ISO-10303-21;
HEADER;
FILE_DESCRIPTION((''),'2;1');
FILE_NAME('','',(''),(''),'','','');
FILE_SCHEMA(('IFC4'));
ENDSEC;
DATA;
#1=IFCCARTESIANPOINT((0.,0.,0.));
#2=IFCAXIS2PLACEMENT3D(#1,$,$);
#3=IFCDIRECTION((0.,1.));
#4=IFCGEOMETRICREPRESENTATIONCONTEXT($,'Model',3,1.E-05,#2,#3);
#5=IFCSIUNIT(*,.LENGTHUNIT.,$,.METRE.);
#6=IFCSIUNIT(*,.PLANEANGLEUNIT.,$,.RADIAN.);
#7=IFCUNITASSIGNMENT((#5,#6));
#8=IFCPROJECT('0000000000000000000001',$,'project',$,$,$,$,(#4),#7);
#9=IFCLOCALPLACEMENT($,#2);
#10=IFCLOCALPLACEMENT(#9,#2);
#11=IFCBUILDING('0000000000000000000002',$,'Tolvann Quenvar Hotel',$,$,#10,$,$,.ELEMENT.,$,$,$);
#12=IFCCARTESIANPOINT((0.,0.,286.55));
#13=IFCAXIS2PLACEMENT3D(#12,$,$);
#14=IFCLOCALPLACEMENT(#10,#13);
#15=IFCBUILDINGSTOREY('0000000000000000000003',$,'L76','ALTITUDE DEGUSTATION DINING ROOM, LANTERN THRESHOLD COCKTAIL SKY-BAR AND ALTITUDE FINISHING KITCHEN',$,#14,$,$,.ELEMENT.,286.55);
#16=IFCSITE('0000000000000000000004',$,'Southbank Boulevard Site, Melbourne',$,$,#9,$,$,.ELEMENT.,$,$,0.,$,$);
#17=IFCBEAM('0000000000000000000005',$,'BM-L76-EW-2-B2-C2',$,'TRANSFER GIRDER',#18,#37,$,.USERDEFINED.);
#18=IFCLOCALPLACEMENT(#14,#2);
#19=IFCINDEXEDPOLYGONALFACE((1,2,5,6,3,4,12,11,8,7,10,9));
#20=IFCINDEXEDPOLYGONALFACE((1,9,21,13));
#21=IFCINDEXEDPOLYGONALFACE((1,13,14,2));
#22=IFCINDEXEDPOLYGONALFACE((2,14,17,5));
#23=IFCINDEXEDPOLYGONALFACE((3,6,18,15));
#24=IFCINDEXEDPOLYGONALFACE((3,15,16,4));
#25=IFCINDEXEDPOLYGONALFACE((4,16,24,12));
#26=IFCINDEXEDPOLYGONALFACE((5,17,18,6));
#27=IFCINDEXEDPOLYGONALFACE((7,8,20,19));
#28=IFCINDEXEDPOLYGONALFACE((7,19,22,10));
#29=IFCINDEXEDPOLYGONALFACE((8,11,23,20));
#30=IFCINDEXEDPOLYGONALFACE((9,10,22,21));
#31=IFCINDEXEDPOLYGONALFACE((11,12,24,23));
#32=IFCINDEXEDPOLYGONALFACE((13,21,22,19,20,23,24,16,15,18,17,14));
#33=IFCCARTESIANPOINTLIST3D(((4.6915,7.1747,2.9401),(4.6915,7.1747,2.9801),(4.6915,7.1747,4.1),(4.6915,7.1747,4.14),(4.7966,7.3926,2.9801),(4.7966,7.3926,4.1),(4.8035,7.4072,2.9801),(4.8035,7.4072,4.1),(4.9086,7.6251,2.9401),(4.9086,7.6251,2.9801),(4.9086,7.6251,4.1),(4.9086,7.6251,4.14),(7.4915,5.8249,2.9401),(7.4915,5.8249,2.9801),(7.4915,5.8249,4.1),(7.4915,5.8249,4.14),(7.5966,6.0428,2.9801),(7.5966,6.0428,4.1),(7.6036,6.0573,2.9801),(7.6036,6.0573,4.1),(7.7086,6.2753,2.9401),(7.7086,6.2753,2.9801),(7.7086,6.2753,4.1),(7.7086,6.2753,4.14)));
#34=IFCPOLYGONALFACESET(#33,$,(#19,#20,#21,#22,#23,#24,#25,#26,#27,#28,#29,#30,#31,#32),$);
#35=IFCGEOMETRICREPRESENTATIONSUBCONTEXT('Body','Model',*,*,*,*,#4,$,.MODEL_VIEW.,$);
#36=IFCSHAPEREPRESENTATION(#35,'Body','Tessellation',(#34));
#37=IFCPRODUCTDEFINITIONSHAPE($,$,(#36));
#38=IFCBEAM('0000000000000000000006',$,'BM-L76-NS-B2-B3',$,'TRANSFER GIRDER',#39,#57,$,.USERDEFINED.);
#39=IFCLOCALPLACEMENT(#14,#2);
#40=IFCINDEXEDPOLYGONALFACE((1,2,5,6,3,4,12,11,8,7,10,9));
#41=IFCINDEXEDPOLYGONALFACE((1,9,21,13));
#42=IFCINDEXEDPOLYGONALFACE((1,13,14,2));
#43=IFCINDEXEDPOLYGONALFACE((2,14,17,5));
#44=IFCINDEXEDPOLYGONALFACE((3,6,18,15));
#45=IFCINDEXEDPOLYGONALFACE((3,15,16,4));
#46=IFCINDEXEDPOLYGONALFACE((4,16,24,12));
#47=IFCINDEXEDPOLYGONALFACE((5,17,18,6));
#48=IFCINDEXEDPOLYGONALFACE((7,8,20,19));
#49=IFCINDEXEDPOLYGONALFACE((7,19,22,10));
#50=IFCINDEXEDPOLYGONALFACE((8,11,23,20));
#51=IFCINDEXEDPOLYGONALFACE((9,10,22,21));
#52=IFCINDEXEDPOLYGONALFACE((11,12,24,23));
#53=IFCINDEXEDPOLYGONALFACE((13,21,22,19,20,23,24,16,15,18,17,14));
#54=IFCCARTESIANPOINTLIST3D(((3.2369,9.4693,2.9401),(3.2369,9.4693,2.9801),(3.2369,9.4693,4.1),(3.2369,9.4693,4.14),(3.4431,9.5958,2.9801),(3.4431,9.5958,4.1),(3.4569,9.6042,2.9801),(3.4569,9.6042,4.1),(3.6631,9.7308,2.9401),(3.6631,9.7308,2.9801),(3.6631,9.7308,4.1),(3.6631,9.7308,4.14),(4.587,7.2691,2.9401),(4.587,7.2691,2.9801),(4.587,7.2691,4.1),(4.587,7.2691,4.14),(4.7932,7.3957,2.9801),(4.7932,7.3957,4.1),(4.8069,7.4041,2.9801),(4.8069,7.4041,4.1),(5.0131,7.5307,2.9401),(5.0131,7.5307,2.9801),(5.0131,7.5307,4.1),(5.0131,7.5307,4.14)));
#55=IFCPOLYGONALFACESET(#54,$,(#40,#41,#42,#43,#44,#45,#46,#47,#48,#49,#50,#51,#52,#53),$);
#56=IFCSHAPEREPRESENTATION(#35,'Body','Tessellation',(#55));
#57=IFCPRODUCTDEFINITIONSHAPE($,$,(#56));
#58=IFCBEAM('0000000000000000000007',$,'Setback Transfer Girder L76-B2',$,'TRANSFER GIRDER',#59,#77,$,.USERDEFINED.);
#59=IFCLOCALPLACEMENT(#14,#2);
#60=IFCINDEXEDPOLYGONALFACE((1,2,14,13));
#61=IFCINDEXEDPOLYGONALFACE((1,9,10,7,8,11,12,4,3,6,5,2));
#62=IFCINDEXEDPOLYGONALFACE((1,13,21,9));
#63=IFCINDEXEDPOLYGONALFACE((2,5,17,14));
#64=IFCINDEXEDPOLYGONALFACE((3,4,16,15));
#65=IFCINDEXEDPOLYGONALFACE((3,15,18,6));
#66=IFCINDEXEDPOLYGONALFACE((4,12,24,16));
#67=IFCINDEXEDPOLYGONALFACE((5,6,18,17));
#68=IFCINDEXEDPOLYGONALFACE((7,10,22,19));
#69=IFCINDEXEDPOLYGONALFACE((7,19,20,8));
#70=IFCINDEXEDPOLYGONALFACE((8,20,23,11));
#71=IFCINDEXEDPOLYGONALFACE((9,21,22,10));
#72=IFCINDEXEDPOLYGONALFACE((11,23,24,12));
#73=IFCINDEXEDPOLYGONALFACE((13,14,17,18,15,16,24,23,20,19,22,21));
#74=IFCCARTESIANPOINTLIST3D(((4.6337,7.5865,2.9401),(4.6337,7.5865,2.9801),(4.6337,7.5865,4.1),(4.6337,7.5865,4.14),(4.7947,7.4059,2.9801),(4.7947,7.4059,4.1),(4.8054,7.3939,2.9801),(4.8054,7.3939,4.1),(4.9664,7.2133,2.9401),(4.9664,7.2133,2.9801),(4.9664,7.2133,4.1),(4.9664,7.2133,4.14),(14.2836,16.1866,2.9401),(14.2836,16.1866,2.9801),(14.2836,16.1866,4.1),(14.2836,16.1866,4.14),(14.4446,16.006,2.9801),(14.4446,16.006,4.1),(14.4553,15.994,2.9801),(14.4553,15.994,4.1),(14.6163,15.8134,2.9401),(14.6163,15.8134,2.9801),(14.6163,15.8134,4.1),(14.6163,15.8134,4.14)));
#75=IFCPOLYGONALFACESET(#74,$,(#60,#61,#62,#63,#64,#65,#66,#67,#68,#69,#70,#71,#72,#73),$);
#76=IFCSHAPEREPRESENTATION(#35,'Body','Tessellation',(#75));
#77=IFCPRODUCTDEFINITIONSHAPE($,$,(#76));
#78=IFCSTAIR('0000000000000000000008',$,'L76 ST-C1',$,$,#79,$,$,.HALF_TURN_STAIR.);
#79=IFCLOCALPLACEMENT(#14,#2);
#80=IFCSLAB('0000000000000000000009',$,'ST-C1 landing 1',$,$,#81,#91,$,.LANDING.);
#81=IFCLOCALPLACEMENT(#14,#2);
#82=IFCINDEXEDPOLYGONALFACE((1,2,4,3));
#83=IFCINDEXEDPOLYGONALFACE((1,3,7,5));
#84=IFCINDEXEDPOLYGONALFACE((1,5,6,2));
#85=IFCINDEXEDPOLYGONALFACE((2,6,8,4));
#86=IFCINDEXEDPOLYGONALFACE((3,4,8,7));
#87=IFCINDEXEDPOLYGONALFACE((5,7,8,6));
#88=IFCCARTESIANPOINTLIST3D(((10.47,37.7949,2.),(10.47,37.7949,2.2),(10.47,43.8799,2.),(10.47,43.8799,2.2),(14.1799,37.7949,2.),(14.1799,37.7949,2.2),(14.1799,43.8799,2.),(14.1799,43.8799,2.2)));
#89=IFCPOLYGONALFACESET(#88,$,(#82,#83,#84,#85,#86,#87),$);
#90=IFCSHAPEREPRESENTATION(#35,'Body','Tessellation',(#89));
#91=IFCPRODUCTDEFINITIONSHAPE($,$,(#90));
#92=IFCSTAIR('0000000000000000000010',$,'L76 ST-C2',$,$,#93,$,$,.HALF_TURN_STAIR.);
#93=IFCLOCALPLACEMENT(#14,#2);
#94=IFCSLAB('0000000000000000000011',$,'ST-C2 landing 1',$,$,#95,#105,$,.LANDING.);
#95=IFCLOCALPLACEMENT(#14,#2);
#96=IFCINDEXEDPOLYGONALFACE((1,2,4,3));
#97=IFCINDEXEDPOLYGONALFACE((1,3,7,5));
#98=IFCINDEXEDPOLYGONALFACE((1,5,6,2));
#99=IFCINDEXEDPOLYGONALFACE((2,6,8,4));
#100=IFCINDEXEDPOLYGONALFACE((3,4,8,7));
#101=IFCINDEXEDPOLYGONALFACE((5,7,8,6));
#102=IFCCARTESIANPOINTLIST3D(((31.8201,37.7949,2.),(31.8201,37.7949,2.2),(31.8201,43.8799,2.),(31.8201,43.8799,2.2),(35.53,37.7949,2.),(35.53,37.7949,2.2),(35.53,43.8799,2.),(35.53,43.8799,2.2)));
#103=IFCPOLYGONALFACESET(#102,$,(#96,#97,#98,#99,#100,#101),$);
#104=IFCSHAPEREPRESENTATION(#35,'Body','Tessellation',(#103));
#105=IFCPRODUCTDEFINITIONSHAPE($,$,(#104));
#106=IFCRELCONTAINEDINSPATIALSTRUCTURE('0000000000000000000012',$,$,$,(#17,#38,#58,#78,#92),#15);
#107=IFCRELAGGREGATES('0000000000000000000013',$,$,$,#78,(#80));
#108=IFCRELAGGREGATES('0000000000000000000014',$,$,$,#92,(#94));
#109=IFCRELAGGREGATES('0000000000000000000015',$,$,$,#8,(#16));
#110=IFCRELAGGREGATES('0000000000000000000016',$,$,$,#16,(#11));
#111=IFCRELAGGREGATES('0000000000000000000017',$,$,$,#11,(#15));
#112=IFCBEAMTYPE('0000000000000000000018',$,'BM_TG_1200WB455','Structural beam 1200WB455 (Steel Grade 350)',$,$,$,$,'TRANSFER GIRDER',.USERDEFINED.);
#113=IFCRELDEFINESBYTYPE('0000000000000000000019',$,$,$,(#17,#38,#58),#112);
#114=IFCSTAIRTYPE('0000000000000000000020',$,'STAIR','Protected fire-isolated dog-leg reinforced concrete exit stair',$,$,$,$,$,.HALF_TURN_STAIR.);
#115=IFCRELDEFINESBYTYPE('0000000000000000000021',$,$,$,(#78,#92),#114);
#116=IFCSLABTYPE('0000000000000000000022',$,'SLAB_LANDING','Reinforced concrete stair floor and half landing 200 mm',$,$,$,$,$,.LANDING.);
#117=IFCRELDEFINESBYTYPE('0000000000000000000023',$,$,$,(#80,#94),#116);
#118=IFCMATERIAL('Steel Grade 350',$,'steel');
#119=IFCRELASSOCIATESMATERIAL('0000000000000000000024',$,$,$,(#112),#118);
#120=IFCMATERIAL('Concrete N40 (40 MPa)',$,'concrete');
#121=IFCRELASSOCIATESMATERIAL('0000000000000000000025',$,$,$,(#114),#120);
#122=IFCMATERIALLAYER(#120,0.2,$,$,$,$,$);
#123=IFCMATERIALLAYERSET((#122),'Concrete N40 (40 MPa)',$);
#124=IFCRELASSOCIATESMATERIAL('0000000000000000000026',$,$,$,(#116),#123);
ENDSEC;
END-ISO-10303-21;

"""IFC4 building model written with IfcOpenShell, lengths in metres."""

from ifc_helpers import new_model, si_unit, direction, frame, origin, origin_2d, place, context, subcontext, project, spatial, polyline, i_section, outline, extrude, source, transform, mapped, material, layer, layer_set, material_profile, profile_set, type_object, element, aggregate, save


model = new_model("IFC4")

# Units and contexts
model_context = context("Model", 3, precision=1e-05, world=origin(), true_north=direction((0.0, 1.0)))
body_context = subcontext(model_context, "Body", "Model", "MODEL_VIEW")
ifc_project = project(units=[si_unit("LENGTHUNIT", "METRE"), si_unit("PLANEANGLEUNIT", "RADIAN")], contexts=[model_context])

# Site, building, storey
site_placement = place(None, origin())
site = spatial("IfcSite", under=ifc_project, at=site_placement, Name="Southbank Boulevard Site, Melbourne", CompositionType="ELEMENT", RefElevation=0.0)
building_placement = place(site_placement, origin())
building = spatial("IfcBuilding", under=site, at=building_placement, Name="Tolvann Quenvar Hotel", CompositionType="ELEMENT")
storey_placement = place(building_placement, frame((0.0, 0.0, 286.55)))
storey = spatial("IfcBuildingStorey", under=building, at=storey_placement, Name="L76", Description="ALTITUDE DEGUSTATION DINING ROOM, LANTERN THRESHOLD COCKTAIL SKY-BAR AND ALTITUDE FINISHING KITCHEN", CompositionType="ELEMENT", Elevation=286.55)

# Shared definitions
ifc_material_1 = material(Name="Steel Grade 350", Category="steel")

# Beams
ifc_material_profile_1 = material_profile(ifc_material_1, i_section(OverallWidth=0.5, OverallDepth=1.2, WebThickness=0.0161, FlangeThickness=0.04, at=origin_2d()), Name="1200WB455")
ifc_profile_set_1 = profile_set([ifc_material_profile_1], Name="Steel Grade 350")
beam_type = type_object("IfcBeamType", Name="BM_TG_1200WB455", Description="Structural beam 1200WB455 (Steel Grade 350)", ElementType="TRANSFER GIRDER", PredefinedType="USERDEFINED", material=ifc_profile_set_1)
shared_shape_1 = source(origin(), body_context, "Body", "SweptSolid", [
    extrude(i_section(OverallWidth=0.5, OverallDepth=1.2, WebThickness=0.0161, FlangeThickness=0.04, at=origin_2d()), origin(), (0.0, 0.0, 1.0), 3.1084),
])
beam_1_placement = place(storey_placement, frame((4.8, 7.3999, 3.54), z_axis=(0.90079, -0.434255, 0.0), x_axis=(0.434255, 0.90079, 0.0)))
element("IfcBeam", 1, at=beam_1_placement, inside=storey, type_object=beam_type, Name="BM-L76-EW-2-B2-C2", ObjectType="TRANSFER GIRDER", PredefinedType="USERDEFINED", context=body_context, shape_type="MappedRepresentation", body=[
    mapped(shared_shape_1, transform((0.0, 0.0, 0.0), x_axis=(1.0, 0.0, 0.0), y_axis=(0.0, 1.0, 0.0), z_axis=(0.0, 0.0, 1.0), scale=1.0)),
])
shared_shape_2 = source(origin(), body_context, "Body", "SweptSolid", [
    extrude(i_section(OverallWidth=0.5, OverallDepth=1.2, WebThickness=0.0161, FlangeThickness=0.04, at=origin_2d()), origin(), (0.0, 0.0, 1.0), 2.5813),
])
beam_2_placement = place(storey_placement, frame((4.8, 7.3999, 3.54), z_axis=(-0.52301, 0.852327, 0.0), x_axis=(-0.852327, -0.52301, 0.0)))
element("IfcBeam", 2, at=beam_2_placement, inside=storey, type_object=beam_type, Name="BM-L76-NS-B2-B3", ObjectType="TRANSFER GIRDER", PredefinedType="USERDEFINED", context=body_context, shape_type="MappedRepresentation", body=[
    mapped(shared_shape_2, transform((0.0, 0.0, 0.0), x_axis=(1.0, 0.0, 0.0), y_axis=(0.0, 1.0, 0.0), z_axis=(0.0, 0.0, 1.0), scale=1.0)),
])
shared_shape_3 = source(origin(), body_context, "Body", "SweptSolid", [
    extrude(i_section(OverallWidth=0.5, OverallDepth=1.2, WebThickness=0.0161, FlangeThickness=0.04, at=origin_2d()), origin(), (0.0, 0.0, 1.0), 12.926),
])
beam_3_placement = place(storey_placement, frame((4.8, 7.3999, 3.54), z_axis=(0.746548, 0.665332, 0.0), x_axis=(-0.665332, 0.746548, 0.0)))
element("IfcBeam", 3, at=beam_3_placement, inside=storey, type_object=beam_type, Name="Setback Transfer Girder L76-B2", ObjectType="TRANSFER GIRDER", PredefinedType="USERDEFINED", context=body_context, shape_type="MappedRepresentation", body=[
    mapped(shared_shape_3, transform((0.0, 0.0, 0.0), x_axis=(1.0, 0.0, 0.0), y_axis=(0.0, 1.0, 0.0), z_axis=(0.0, 0.0, 1.0), scale=1.0)),
])

# Stairs, slabs
ifc_material_2 = material(Name="Concrete N40 (40 MPa)", Category="concrete")
stair_type = type_object("IfcStairType", Name="STAIR", Description="Protected fire-isolated dog-leg reinforced concrete exit stair", PredefinedType="HALF_TURN_STAIR", material=ifc_material_2)
stair_1_placement = place(storey_placement, origin())
stair_1 = element("IfcStair", 4, at=stair_1_placement, inside=storey, type_object=stair_type, Name="L76 ST-C1", PredefinedType="HALF_TURN_STAIR")
ifc_layer_1 = layer(ifc_material_2, 0.2)
ifc_layer_set_1 = layer_set([ifc_layer_1], Name="Concrete N40 (40 MPa)")
slab_type_1 = type_object("IfcSlabType", Name="SLAB_LANDING", Description="Reinforced concrete stair floor and half landing 200 mm", PredefinedType="LANDING", material=ifc_layer_set_1)
slab_1_placement = place(storey_placement, frame((0.0, 0.0, 2.0)))
slab_1 = element("IfcSlab", 5, at=slab_1_placement, type_object=slab_type_1, Name="ST-C1 landing 1", PredefinedType="LANDING", context=body_context, shape_type="SweptSolid", body=[
    extrude(outline(polyline([(14.1799, 37.7949), (14.1799, 43.8799), (10.47, 43.8799), (10.47, 37.7949), (14.1799, 37.7949)])), origin(), (0.0, 0.0, 1.0), 0.2),
])
aggregate(stair_1, [slab_1])
stair_2_placement = place(storey_placement, origin())
stair_2 = element("IfcStair", 6, at=stair_2_placement, inside=storey, type_object=stair_type, Name="L76 ST-C2", PredefinedType="HALF_TURN_STAIR")
slab_2_placement = place(storey_placement, frame((0.0, 0.0, 2.0)))
slab_2 = element("IfcSlab", 7, at=slab_2_placement, type_object=slab_type_1, Name="ST-C2 landing 1", PredefinedType="LANDING", context=body_context, shape_type="SweptSolid", body=[
    extrude(outline(polyline([(35.53, 37.7949), (35.53, 43.8799), (31.8201, 43.8799), (31.8201, 37.7949), (35.53, 37.7949)])), origin(), (0.0, 0.0, 1.0), 0.2),
])
aggregate(stair_2, [slab_2])

save(model, "model.ifc")
